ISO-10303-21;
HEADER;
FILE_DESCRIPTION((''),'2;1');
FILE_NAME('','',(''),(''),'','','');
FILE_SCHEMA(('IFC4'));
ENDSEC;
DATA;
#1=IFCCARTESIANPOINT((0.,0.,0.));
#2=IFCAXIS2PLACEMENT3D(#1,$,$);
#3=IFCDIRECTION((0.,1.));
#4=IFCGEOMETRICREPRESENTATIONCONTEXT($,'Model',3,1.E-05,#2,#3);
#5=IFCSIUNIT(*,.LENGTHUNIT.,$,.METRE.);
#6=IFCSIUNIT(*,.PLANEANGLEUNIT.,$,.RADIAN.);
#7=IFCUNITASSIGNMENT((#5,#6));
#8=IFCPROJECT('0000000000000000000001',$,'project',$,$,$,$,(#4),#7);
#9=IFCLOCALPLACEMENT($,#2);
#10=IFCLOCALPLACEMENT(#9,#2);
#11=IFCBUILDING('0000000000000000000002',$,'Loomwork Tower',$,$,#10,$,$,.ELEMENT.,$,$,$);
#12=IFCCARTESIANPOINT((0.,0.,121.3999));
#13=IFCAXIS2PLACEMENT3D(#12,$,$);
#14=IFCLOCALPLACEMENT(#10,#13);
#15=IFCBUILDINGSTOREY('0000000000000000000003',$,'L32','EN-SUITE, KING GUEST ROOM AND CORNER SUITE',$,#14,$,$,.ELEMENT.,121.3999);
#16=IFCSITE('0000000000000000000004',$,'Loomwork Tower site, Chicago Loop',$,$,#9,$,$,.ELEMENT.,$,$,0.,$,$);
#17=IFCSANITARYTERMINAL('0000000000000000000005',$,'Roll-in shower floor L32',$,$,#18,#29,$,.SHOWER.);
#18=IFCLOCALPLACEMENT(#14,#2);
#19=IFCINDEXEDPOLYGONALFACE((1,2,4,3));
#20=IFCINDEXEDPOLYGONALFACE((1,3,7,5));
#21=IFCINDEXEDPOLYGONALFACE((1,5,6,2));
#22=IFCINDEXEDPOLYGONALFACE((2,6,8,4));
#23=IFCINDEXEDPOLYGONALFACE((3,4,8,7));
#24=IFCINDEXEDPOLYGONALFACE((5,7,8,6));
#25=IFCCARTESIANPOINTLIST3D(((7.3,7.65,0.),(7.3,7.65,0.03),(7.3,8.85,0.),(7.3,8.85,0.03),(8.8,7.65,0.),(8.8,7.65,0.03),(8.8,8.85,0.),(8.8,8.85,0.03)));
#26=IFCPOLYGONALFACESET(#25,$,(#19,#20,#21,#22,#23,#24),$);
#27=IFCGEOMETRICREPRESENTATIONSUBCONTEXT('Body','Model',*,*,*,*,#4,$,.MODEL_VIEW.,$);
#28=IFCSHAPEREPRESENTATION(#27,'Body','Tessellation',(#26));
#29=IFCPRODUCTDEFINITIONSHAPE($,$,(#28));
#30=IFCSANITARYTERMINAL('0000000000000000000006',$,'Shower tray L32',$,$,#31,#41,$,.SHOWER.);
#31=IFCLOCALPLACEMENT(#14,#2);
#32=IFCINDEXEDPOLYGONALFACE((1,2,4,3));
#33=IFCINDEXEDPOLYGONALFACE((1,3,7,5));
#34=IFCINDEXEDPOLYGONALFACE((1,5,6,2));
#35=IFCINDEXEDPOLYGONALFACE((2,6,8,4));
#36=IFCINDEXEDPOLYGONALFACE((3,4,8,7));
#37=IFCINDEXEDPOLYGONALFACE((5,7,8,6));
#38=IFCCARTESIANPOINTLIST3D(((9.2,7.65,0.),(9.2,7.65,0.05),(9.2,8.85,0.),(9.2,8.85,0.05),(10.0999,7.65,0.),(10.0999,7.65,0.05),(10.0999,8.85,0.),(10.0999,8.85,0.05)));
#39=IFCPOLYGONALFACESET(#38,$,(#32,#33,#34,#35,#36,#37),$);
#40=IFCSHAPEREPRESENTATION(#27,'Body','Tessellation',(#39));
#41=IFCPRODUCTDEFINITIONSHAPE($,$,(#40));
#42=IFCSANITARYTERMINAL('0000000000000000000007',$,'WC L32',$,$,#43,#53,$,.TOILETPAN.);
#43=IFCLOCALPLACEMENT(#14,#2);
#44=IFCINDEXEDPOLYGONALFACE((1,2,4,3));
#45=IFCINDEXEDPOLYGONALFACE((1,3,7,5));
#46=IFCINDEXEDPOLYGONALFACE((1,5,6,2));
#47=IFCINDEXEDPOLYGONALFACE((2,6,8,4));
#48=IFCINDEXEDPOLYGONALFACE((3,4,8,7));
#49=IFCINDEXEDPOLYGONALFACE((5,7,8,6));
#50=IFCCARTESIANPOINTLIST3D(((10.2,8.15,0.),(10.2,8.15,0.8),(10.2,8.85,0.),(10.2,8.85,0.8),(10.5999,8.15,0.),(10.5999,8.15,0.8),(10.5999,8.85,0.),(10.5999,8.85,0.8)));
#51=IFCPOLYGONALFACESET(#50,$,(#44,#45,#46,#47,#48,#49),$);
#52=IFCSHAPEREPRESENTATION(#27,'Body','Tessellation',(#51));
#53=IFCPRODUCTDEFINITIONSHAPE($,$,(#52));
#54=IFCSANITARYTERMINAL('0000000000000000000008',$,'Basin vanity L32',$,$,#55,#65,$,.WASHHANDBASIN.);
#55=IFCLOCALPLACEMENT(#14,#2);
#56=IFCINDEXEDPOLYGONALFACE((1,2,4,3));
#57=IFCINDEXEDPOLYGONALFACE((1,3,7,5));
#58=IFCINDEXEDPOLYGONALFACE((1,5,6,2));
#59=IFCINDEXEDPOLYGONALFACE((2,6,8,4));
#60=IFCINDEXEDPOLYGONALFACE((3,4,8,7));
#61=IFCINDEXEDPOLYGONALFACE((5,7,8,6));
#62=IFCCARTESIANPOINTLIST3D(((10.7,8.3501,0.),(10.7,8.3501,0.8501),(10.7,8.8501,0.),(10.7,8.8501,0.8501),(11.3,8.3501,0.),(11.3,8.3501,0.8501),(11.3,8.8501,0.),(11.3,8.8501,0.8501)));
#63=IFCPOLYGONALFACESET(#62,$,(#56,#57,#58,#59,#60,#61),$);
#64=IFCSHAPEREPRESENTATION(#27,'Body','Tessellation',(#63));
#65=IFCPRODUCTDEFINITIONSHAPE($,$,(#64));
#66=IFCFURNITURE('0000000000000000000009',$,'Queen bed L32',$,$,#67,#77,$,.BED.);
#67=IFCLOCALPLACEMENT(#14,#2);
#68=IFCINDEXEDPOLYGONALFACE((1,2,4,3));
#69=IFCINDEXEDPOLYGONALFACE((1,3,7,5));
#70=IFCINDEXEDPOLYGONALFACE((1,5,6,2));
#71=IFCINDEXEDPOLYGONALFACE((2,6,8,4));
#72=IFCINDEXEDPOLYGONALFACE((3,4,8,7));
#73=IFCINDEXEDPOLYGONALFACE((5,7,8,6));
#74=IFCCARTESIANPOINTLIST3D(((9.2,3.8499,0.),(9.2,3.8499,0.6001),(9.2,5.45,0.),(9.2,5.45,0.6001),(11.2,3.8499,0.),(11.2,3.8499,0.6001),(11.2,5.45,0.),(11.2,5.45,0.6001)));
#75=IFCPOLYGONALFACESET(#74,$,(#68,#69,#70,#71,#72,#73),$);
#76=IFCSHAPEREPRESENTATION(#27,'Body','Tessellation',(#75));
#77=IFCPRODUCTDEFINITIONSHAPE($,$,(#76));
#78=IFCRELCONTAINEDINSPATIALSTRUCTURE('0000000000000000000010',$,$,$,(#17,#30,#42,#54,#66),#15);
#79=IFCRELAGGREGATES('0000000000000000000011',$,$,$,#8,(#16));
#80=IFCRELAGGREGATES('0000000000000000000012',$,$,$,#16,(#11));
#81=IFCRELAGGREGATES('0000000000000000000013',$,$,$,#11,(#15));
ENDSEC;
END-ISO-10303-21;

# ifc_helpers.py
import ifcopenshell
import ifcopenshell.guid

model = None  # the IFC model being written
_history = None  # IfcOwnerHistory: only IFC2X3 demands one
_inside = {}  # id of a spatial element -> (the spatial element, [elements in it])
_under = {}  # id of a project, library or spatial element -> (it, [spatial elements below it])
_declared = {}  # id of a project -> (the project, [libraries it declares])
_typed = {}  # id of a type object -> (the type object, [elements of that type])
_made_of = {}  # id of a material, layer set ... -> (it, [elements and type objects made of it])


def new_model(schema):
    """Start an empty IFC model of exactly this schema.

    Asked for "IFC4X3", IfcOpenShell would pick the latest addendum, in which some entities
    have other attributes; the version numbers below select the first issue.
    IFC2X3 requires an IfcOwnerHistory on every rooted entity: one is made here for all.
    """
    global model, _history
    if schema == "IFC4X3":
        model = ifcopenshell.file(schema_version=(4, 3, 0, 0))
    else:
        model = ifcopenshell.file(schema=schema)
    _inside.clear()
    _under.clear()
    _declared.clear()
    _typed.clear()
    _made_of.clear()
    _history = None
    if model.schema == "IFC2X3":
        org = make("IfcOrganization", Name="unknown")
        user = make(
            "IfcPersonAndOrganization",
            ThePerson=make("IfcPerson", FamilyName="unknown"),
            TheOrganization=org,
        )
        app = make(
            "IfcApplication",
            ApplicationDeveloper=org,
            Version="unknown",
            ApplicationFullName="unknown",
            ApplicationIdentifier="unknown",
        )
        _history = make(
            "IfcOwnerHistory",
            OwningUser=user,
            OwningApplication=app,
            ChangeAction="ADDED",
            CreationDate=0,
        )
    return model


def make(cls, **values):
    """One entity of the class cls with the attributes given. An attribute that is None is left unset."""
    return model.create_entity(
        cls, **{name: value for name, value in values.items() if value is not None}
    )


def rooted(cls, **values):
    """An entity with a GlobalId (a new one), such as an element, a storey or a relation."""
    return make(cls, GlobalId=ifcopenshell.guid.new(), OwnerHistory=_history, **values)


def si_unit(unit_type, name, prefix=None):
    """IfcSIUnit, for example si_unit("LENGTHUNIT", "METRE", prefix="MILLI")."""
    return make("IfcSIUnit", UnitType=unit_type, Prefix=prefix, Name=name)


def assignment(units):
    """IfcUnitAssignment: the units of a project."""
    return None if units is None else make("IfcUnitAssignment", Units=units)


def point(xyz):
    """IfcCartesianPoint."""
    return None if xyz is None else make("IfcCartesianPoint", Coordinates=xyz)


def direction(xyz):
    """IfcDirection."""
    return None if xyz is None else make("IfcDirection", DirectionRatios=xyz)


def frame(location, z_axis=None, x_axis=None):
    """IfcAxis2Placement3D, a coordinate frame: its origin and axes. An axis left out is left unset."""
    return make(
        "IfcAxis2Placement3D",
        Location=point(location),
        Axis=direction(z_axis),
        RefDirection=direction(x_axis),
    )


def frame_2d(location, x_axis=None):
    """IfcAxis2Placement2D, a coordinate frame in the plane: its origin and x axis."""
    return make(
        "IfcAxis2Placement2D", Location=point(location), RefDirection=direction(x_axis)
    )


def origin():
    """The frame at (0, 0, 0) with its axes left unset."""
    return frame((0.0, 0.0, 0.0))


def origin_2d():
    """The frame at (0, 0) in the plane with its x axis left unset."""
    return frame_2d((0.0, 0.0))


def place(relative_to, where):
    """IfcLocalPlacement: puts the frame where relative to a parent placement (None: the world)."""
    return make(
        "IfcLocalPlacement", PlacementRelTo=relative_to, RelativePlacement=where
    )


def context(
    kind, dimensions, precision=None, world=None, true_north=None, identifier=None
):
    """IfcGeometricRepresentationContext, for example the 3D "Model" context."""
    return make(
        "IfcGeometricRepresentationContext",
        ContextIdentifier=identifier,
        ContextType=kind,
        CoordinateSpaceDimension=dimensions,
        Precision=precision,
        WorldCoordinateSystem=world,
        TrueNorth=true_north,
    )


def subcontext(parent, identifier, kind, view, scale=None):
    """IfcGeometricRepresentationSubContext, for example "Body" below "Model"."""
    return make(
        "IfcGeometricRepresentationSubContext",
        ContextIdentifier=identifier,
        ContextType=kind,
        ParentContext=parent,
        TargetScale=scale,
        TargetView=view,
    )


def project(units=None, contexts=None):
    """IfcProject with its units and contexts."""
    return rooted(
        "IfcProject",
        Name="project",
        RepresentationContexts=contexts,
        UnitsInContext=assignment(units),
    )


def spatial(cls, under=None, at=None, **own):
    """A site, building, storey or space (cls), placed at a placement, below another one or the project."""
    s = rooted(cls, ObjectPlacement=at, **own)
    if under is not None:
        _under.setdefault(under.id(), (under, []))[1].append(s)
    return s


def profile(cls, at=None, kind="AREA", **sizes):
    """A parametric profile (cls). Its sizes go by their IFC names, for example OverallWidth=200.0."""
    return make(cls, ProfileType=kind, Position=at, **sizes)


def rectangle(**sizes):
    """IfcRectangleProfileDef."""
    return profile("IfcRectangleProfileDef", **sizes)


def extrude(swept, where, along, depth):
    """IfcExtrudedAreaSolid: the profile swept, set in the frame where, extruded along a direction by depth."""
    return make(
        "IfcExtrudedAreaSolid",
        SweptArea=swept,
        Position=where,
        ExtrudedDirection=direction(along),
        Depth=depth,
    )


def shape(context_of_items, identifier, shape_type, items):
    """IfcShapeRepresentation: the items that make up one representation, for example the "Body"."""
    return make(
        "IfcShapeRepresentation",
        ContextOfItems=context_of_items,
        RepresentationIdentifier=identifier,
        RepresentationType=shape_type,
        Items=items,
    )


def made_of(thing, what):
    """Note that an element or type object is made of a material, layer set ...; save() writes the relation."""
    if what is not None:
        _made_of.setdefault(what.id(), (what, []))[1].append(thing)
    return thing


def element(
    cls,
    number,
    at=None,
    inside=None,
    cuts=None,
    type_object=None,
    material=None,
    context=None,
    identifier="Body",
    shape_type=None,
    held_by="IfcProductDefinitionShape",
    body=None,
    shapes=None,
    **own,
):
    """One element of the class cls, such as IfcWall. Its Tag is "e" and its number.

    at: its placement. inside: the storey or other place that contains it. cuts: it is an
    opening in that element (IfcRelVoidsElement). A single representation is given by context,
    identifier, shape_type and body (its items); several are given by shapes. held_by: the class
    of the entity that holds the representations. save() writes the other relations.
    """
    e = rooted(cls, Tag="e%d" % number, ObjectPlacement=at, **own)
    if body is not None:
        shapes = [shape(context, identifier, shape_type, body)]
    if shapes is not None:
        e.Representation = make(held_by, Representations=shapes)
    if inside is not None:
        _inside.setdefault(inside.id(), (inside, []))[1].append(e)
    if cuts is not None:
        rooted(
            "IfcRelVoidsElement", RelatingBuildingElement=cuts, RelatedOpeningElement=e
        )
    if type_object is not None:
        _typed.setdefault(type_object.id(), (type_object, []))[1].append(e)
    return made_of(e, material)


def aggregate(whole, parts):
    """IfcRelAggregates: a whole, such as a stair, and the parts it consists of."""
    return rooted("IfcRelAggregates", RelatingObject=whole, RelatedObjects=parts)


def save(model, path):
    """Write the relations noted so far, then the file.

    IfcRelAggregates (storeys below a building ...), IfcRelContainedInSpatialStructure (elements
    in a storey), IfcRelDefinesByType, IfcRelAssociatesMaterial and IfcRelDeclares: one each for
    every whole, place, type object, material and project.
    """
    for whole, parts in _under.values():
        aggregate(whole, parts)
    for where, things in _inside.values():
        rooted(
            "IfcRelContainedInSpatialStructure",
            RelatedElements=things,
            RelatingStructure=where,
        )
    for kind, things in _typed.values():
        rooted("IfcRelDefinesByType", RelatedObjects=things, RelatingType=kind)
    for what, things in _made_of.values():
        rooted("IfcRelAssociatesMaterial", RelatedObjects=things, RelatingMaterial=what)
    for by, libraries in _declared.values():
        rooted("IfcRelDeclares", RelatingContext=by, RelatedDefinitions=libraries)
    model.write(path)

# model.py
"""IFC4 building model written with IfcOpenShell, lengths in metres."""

from ifc_helpers import new_model, si_unit, direction, frame, origin, origin_2d, place, context, subcontext, project, spatial, rectangle, extrude, element, save


model = new_model("IFC4")

# Units and contexts
model_context = context("Model", 3, precision=1e-05, world=origin(), true_north=direction((0.0, 1.0)))
body_context = subcontext(model_context, "Body", "Model", "MODEL_VIEW")
ifc_project = project(units=[si_unit("LENGTHUNIT", "METRE"), si_unit("PLANEANGLEUNIT", "RADIAN")], contexts=[model_context])

# Site, building, storey
site_placement = place(None, origin())
site = spatial("IfcSite", under=ifc_project, at=site_placement, Name="Loomwork Tower site, Chicago Loop", CompositionType="ELEMENT", RefElevation=0.0)
building_placement = place(site_placement, origin())
building = spatial("IfcBuilding", under=site, at=building_placement, Name="Loomwork Tower", CompositionType="ELEMENT")
storey_placement = place(building_placement, frame((0.0, 0.0, 121.3999)))
storey = spatial("IfcBuildingStorey", under=building, at=storey_placement, Name="L32", Description="EN-SUITE, KING GUEST ROOM AND CORNER SUITE", CompositionType="ELEMENT", Elevation=121.3999)

# Sanitary terminals
sanitary_terminal_1_placement = place(storey_placement, frame((8.05, 8.25, 0.0), z_axis=(0.0, 0.0, 1.0), x_axis=(1.0, 0.0, 0.0)))
element("IfcSanitaryTerminal", 1, at=sanitary_terminal_1_placement, inside=storey, Name="Roll-in shower floor L32", PredefinedType="SHOWER", context=body_context, shape_type="SweptSolid", body=[
    extrude(rectangle(XDim=1.5, YDim=1.2, at=origin_2d()), origin(), (0.0, 0.0, 1.0), 0.03),
])
sanitary_terminal_2_placement = place(storey_placement, frame((9.6499, 8.25, 0.0), z_axis=(0.0, 0.0, 1.0), x_axis=(1.0, 0.0, 0.0)))
element("IfcSanitaryTerminal", 2, at=sanitary_terminal_2_placement, inside=storey, Name="Shower tray L32", PredefinedType="SHOWER", context=body_context, shape_type="SweptSolid", body=[
    extrude(rectangle(XDim=0.8999, YDim=1.2, at=origin_2d()), origin(), (0.0, 0.0, 1.0), 0.05),
])
sanitary_terminal_3_placement = place(storey_placement, frame((10.3999, 8.5, 0.0), z_axis=(0.0, 0.0, 1.0), x_axis=(1.0, 0.0, 0.0)))
element("IfcSanitaryTerminal", 3, at=sanitary_terminal_3_placement, inside=storey, Name="WC L32", PredefinedType="TOILETPAN", context=body_context, shape_type="SweptSolid", body=[
    extrude(rectangle(XDim=0.3999, YDim=0.7, at=origin_2d()), origin(), (0.0, 0.0, 1.0), 0.8),
])
sanitary_terminal_4_placement = place(storey_placement, frame((11.0, 8.6001, 0.0), z_axis=(0.0, 0.0, 1.0), x_axis=(1.0, 0.0, 0.0)))
element("IfcSanitaryTerminal", 4, at=sanitary_terminal_4_placement, inside=storey, Name="Basin vanity L32", PredefinedType="WASHHANDBASIN", context=body_context, shape_type="SweptSolid", body=[
    extrude(rectangle(XDim=0.6001, YDim=0.5, at=origin_2d()), origin(), (0.0, 0.0, 1.0), 0.8501),
])

# Furniture
furniture_placement = place(storey_placement, frame((10.2, 4.6499, 0.0), z_axis=(0.0, 0.0, 1.0), x_axis=(1.0, 0.0, 0.0)))
element("IfcFurniture", 5, at=furniture_placement, inside=storey, Name="Queen bed L32", PredefinedType="BED", context=body_context, shape_type="SweptSolid", body=[
    extrude(rectangle(XDim=2.0, YDim=1.6001, at=origin_2d()), origin(), (0.0, 0.0, 1.0), 0.6001),
])

save(model, "model.ifc")
